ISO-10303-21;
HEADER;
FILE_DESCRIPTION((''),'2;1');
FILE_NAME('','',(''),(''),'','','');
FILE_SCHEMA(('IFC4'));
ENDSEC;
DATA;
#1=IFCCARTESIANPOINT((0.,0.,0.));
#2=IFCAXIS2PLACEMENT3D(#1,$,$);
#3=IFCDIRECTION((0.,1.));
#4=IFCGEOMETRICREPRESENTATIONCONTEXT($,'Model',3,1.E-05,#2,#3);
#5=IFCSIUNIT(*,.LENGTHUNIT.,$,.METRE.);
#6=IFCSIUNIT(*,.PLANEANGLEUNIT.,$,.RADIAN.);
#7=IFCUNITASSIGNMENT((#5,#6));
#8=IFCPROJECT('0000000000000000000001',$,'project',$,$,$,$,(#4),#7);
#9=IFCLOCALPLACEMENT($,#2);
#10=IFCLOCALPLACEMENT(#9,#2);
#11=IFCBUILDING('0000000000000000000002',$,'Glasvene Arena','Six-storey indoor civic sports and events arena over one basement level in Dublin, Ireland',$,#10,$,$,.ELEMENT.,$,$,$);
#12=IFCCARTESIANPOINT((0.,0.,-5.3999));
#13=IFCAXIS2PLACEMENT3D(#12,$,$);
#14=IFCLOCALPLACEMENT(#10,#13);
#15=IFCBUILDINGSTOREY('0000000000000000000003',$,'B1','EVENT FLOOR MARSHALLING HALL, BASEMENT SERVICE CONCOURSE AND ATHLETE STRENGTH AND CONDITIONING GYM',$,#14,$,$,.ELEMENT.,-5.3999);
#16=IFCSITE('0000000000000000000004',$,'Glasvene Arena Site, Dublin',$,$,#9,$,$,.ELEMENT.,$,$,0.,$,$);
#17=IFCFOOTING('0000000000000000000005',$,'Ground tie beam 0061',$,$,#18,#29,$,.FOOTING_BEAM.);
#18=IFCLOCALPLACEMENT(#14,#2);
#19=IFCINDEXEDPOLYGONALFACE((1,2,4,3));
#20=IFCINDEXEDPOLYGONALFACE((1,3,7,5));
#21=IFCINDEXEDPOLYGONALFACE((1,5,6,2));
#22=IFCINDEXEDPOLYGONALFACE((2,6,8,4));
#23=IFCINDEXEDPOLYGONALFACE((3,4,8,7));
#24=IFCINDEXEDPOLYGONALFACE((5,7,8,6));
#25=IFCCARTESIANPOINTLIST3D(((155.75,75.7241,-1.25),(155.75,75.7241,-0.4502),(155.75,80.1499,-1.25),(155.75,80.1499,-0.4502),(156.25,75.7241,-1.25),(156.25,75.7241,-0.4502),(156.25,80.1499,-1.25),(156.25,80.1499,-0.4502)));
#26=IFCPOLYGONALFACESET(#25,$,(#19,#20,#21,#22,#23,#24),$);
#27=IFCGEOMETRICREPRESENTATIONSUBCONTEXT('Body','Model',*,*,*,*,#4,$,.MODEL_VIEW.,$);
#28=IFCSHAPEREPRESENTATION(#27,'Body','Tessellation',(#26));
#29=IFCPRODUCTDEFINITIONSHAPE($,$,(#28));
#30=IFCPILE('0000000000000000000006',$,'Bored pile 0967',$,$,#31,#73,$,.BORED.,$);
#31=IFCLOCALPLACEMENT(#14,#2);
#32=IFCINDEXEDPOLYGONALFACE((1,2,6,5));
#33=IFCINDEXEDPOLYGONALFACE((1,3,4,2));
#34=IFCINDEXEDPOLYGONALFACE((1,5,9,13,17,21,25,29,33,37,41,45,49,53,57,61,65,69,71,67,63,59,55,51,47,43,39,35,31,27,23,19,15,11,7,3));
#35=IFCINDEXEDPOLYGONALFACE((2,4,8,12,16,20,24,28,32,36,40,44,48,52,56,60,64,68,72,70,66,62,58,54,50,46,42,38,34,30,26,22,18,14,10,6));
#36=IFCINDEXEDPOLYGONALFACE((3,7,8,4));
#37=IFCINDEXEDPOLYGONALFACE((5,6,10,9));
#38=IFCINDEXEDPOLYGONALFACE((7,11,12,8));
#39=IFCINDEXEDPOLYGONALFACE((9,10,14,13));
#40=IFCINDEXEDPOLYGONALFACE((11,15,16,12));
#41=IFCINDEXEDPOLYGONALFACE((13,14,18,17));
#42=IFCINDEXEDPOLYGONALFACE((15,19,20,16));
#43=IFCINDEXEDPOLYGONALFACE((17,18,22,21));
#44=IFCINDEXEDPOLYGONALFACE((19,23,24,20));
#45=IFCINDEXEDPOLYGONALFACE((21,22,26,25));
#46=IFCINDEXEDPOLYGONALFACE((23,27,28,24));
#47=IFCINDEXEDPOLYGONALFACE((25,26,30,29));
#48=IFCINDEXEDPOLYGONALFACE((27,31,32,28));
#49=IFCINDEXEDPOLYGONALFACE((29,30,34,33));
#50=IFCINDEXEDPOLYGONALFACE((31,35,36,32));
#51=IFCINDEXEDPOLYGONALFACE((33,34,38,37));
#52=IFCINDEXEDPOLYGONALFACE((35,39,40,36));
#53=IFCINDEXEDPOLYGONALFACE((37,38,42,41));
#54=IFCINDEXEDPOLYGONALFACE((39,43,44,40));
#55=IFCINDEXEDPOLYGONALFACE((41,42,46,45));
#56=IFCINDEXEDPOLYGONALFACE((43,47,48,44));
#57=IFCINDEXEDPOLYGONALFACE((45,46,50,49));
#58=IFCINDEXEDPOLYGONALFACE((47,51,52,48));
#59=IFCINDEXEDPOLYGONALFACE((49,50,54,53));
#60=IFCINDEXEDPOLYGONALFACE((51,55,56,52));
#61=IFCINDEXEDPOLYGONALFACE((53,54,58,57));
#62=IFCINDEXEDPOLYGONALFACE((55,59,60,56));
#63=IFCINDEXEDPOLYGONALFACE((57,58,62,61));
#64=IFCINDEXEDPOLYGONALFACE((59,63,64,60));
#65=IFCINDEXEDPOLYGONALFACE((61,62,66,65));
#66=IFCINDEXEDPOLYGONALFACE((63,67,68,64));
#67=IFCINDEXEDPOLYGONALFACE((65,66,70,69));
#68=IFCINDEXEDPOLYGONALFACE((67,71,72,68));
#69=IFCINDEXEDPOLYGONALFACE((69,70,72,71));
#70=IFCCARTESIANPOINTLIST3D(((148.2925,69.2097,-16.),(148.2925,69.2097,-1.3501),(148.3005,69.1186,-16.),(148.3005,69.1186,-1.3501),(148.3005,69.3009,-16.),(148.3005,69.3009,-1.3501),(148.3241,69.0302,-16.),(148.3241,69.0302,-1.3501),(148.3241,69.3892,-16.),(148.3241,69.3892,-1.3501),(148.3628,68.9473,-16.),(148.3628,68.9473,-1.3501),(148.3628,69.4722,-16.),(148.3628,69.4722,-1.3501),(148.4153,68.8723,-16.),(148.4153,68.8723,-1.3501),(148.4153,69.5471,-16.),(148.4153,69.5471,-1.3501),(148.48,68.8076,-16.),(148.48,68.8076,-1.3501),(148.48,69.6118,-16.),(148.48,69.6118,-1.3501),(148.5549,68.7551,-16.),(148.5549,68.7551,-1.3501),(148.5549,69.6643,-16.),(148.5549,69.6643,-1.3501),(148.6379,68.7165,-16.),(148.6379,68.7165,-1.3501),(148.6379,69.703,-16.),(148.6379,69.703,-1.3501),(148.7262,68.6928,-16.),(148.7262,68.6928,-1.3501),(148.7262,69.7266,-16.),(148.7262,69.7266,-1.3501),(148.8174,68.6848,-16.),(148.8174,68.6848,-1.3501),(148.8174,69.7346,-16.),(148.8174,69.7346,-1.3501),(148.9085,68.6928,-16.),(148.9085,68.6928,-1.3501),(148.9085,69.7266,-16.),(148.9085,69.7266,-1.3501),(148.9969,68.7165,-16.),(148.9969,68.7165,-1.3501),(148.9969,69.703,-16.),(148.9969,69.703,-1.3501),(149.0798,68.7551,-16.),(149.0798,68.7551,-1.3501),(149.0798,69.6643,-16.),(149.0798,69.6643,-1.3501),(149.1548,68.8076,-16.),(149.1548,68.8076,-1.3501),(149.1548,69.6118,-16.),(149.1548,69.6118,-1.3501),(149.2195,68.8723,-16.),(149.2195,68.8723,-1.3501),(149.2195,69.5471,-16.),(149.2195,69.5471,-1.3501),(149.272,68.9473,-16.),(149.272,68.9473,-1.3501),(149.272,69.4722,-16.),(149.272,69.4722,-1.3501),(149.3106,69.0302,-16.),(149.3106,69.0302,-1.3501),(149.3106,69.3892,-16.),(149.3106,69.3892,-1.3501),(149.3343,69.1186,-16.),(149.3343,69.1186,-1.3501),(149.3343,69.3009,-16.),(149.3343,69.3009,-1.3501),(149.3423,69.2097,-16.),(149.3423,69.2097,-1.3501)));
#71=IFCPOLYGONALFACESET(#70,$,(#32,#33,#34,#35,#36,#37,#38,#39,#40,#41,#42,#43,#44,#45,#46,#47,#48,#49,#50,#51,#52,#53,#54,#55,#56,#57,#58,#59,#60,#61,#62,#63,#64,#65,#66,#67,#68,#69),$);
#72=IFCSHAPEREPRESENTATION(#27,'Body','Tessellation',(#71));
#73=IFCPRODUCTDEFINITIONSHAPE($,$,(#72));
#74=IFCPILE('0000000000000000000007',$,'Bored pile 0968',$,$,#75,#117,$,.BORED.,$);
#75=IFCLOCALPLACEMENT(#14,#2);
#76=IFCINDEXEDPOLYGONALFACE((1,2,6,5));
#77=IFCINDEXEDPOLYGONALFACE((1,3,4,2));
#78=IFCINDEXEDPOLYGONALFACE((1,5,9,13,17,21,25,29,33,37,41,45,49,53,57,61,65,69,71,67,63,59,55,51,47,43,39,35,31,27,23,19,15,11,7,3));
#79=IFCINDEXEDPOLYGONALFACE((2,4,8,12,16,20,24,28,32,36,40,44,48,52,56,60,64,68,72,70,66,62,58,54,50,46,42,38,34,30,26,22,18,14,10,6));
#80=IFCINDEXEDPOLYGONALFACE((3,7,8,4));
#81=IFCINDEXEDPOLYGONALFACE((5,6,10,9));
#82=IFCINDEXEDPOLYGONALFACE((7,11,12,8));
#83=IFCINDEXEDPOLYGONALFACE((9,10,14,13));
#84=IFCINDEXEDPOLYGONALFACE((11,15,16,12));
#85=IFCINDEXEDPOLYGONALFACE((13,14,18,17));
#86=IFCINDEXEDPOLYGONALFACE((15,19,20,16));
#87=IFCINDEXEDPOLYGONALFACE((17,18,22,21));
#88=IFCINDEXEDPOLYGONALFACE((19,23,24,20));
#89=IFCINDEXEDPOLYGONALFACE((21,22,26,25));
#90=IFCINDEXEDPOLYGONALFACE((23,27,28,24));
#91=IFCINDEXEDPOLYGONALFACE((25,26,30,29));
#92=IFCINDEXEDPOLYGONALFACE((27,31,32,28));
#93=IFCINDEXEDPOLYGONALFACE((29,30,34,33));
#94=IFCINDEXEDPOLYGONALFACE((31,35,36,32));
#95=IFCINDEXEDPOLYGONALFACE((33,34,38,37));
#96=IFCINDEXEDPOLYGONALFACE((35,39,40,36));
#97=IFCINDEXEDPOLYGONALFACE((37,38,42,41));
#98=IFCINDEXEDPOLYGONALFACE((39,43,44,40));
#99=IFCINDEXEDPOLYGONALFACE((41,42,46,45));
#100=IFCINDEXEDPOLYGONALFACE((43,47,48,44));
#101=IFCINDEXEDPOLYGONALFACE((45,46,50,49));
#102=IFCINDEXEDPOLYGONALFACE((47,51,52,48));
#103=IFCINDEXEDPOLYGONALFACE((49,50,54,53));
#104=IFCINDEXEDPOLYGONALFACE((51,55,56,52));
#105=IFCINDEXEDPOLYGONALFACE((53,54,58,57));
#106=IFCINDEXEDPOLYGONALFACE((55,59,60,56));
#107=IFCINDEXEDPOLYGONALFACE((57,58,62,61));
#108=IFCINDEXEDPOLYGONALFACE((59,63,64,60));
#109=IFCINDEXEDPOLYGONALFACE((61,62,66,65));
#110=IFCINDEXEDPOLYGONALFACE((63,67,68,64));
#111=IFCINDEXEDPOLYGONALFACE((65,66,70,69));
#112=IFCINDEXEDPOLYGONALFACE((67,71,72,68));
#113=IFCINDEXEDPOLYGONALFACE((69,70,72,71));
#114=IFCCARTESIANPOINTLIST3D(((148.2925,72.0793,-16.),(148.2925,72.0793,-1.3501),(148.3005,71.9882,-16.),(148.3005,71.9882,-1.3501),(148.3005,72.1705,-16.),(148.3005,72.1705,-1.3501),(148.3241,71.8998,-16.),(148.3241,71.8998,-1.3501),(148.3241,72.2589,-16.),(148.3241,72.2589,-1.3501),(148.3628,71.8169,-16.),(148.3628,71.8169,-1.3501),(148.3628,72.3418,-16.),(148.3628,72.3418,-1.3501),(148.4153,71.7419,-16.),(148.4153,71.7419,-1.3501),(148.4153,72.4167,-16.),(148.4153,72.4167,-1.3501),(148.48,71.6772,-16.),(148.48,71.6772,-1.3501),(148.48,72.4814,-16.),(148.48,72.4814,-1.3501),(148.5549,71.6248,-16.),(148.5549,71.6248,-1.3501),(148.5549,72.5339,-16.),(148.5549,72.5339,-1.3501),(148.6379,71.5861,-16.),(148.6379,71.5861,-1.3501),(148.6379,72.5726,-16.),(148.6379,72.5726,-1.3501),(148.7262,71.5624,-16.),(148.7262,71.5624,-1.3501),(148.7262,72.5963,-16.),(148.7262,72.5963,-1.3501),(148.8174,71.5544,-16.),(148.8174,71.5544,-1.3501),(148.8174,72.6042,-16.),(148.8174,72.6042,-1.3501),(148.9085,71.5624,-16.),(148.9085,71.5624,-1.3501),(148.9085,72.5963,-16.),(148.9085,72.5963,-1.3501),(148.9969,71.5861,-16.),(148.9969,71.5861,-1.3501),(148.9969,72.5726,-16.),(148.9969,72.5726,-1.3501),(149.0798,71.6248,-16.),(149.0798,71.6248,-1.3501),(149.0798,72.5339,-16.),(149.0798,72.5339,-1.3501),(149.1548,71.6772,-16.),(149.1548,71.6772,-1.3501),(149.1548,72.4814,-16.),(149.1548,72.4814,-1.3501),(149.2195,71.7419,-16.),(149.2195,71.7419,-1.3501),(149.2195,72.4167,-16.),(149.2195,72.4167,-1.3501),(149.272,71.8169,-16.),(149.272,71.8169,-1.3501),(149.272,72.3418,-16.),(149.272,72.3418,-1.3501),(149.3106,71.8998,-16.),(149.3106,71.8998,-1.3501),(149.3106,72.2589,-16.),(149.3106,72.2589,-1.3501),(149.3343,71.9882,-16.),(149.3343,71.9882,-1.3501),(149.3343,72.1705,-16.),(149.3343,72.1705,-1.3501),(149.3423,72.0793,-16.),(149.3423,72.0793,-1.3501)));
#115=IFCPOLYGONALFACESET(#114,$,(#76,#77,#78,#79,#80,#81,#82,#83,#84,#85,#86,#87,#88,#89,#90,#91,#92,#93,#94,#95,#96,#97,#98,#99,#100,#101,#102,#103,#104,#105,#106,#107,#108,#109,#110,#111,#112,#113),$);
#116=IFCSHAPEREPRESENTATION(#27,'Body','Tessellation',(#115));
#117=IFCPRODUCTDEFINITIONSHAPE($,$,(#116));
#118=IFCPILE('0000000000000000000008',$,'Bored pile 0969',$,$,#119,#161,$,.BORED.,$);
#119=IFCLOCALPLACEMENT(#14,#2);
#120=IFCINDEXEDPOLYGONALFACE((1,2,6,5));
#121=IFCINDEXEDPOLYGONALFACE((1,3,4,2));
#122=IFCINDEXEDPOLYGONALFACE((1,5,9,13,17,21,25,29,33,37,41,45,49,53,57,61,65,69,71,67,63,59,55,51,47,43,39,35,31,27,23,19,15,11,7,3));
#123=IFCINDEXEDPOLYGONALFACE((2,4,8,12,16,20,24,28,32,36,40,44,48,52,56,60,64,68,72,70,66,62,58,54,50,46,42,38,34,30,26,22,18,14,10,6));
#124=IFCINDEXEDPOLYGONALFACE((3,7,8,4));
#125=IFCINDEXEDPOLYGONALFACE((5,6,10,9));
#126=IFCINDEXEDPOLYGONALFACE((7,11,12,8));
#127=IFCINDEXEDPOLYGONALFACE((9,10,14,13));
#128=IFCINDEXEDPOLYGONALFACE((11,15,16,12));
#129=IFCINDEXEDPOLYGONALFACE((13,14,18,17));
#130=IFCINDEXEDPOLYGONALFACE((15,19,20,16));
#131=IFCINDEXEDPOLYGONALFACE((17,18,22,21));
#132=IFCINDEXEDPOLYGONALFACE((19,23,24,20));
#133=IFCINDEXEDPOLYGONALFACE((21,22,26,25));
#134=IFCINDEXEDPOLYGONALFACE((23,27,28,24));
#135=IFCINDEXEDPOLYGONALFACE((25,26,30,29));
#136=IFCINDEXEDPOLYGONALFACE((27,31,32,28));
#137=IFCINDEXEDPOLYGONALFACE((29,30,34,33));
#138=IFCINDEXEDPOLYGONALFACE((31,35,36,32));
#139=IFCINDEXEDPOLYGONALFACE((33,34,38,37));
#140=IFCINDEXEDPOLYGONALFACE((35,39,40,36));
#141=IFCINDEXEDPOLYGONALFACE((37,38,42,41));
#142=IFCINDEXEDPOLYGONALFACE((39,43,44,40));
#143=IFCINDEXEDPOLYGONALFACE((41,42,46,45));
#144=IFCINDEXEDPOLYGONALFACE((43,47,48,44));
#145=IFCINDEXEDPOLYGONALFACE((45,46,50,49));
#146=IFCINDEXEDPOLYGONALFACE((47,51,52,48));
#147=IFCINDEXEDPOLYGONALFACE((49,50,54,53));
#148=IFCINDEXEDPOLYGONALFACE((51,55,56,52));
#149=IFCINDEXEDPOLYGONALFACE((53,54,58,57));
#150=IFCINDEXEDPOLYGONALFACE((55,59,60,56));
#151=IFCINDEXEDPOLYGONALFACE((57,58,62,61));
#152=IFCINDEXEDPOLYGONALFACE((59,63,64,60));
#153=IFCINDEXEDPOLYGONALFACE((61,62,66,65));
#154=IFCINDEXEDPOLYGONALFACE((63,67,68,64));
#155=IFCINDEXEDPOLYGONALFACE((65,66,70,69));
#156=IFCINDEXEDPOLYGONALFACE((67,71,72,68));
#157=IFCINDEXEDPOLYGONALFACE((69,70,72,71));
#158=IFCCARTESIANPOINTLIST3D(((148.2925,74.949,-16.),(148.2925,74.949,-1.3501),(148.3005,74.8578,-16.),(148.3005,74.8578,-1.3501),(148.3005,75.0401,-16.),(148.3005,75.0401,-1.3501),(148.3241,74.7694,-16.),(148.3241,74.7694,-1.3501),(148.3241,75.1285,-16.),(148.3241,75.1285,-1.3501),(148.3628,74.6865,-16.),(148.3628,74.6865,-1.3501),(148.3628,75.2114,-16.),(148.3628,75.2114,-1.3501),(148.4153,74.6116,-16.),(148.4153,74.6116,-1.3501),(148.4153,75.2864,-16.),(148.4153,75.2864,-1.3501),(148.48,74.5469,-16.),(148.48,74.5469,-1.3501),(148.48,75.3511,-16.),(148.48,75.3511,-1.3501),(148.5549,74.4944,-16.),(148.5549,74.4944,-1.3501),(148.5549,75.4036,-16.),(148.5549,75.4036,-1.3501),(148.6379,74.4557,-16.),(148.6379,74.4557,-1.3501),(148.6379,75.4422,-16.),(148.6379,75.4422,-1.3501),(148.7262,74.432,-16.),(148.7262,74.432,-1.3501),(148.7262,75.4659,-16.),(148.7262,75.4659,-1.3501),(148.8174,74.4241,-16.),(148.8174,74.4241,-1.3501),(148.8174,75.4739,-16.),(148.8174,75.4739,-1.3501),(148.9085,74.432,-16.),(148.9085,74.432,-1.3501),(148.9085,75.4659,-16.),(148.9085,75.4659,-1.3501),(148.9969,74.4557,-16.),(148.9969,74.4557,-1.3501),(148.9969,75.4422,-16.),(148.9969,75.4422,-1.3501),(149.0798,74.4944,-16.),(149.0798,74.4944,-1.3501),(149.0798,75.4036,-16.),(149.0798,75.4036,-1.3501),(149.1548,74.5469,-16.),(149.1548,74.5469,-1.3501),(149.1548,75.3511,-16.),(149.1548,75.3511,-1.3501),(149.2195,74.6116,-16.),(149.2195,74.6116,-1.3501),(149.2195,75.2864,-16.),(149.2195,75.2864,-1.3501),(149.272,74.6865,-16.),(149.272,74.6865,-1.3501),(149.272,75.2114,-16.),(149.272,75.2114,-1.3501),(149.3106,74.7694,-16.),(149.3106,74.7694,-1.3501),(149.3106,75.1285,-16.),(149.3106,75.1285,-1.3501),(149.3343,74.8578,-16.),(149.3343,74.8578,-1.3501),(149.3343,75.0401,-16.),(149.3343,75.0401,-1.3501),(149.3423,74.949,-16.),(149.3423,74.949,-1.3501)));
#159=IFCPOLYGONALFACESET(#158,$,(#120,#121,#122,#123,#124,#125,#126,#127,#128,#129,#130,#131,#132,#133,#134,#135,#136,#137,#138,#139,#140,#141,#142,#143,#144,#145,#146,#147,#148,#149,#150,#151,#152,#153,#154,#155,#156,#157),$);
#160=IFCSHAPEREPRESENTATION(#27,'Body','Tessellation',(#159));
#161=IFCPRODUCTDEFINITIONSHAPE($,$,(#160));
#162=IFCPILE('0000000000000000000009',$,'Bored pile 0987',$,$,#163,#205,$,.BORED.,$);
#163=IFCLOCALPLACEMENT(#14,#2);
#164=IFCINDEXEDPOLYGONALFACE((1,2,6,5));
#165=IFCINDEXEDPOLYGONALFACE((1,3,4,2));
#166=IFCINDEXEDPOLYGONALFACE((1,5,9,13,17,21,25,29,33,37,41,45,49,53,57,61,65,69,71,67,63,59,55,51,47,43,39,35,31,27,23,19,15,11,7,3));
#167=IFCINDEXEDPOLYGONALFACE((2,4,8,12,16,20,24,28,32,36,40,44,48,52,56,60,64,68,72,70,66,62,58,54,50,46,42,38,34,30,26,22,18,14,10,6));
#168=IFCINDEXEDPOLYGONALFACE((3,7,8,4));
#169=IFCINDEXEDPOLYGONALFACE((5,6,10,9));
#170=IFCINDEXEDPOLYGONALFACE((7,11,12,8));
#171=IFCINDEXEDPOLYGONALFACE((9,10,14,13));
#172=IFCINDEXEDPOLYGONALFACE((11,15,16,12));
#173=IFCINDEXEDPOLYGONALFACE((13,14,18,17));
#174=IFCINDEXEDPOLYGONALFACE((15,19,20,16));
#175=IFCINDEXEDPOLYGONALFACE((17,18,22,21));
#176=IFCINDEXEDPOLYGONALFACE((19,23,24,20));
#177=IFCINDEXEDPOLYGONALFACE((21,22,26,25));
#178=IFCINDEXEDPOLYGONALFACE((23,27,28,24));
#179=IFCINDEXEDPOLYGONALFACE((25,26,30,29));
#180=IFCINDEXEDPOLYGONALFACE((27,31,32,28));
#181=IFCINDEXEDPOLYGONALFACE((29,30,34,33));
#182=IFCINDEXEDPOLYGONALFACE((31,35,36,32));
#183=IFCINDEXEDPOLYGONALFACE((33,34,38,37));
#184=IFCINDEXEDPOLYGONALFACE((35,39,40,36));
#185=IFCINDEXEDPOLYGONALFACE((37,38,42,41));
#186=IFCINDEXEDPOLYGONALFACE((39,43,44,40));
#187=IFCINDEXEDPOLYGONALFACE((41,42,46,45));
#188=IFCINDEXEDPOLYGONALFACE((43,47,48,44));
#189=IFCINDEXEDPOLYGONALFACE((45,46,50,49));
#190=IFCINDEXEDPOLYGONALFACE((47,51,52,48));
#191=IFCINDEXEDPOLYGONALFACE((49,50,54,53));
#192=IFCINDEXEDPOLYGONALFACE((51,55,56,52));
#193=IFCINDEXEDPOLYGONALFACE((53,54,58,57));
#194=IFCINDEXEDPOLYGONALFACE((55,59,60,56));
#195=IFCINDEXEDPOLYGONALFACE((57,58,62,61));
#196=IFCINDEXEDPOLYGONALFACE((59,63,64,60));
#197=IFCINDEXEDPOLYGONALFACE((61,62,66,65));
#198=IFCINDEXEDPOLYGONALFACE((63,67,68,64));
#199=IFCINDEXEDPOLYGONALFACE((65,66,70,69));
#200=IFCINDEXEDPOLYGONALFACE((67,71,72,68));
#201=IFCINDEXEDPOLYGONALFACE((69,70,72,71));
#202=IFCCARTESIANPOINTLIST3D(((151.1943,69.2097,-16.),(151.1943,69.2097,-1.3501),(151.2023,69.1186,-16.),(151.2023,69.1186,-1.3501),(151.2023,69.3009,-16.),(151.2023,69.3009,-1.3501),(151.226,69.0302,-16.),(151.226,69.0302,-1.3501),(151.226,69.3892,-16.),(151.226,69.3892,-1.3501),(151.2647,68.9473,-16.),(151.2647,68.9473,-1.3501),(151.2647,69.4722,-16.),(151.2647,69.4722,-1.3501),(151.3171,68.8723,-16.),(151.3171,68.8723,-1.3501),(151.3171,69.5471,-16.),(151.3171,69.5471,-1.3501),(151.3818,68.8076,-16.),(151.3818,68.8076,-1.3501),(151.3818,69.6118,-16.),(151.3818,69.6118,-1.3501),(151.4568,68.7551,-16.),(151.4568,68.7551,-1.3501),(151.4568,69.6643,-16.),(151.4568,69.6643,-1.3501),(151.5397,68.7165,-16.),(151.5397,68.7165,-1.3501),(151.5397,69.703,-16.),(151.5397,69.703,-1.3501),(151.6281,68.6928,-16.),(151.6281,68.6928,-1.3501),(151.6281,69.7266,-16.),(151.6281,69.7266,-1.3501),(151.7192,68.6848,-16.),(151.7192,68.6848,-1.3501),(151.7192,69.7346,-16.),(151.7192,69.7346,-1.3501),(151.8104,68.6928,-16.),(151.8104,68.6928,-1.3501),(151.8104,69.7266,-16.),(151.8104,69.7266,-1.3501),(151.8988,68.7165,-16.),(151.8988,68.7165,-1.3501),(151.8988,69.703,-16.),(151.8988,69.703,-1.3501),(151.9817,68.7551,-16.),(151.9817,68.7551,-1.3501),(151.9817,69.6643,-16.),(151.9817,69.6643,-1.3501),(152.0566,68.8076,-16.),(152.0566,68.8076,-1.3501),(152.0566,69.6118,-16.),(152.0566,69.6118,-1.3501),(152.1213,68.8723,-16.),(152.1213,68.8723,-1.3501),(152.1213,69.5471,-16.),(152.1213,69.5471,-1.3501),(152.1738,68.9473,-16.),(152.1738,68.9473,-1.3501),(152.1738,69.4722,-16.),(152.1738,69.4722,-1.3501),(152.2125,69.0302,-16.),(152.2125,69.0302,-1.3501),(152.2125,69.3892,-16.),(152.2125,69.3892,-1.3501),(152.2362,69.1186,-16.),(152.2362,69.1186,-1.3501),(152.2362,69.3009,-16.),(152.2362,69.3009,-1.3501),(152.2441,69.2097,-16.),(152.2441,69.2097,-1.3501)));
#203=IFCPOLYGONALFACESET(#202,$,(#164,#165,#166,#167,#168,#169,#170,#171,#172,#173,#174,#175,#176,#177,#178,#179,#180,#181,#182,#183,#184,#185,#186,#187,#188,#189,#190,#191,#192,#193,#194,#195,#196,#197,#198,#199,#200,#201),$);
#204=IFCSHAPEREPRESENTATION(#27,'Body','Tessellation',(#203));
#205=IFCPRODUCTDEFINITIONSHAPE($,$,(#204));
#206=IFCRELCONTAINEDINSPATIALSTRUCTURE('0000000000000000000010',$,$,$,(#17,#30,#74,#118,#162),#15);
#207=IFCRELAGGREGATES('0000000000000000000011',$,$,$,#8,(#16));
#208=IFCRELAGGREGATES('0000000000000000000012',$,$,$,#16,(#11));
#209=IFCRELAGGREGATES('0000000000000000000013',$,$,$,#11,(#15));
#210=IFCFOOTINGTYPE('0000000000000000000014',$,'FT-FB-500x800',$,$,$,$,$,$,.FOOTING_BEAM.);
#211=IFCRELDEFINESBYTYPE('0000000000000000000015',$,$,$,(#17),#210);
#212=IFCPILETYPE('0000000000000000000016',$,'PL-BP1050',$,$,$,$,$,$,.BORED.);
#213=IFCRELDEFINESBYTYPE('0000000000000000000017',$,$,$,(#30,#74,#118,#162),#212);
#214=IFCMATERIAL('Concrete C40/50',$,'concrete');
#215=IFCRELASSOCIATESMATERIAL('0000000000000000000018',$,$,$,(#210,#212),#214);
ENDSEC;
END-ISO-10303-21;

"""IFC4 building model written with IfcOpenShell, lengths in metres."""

from ifc_helpers import new_model, si_unit, direction, frame, origin, origin_2d, place, context, subcontext, project, spatial, polyline, circle, outline, extrude, material, material_profile, profile_set, type_object, element, save


model = new_model("IFC4")

# Units and contexts
model_context = context("Model", 3, precision=1e-05, world=origin(), true_north=direction((0.0, 1.0)))
body_context = subcontext(model_context, "Body", "Model", "MODEL_VIEW")
ifc_project = project(units=[si_unit("LENGTHUNIT", "METRE"), si_unit("PLANEANGLEUNIT", "RADIAN")], contexts=[model_context])

# Site, building, storey
site_placement = place(None, origin())
site = spatial("IfcSite", under=ifc_project, at=site_placement, Name="Glasvene Arena Site, Dublin", CompositionType="ELEMENT", RefElevation=0.0)
building_placement = place(site_placement, origin())
building = spatial("IfcBuilding", under=site, at=building_placement, Name="Glasvene Arena", Description="Six-storey indoor civic sports and events arena over one basement level in Dublin, Ireland", CompositionType="ELEMENT")
storey_placement = place(building_placement, frame((0.0, 0.0, -5.3999)))
storey = spatial("IfcBuildingStorey", under=building, at=storey_placement, Name="B1", Description="EVENT FLOOR MARSHALLING HALL, BASEMENT SERVICE CONCOURSE AND ATHLETE STRENGTH AND CONDITIONING GYM", CompositionType="ELEMENT", Elevation=-5.3999)

# Footing
ifc_material_1 = material(Name="Concrete C40/50", Category="concrete")
footing_type = type_object("IfcFootingType", Name="FT-FB-500x800", PredefinedType="FOOTING_BEAM", material=ifc_material_1)
footing_placement = place(storey_placement, frame((156.0, 77.937, -1.25)))
element("IfcFooting", 1, at=footing_placement, inside=storey, type_object=footing_type, Name="Ground tie beam 0061", PredefinedType="FOOTING_BEAM", context=body_context, shape_type="SweptSolid", body=[
    extrude(outline(polyline([(-0.25, -2.2129), (0.25, -2.2129), (0.25, 2.2129), (-0.25, 2.2129), (-0.25, -2.2129)])), origin(), (0.0, 0.0, 1.0), 0.7998),
])

# Piles
ifc_material_profile_1 = material_profile(ifc_material_1, circle(Radius=0.5249, at=origin_2d()), Name="BORED PILE 1050")
ifc_profile_set_1 = profile_set([ifc_material_profile_1], Name="Concrete C40/50")
pile_type = type_object("IfcPileType", Name="PL-BP1050", PredefinedType="BORED", material=ifc_profile_set_1)
for number, where, z_axis, x_axis, name in (
    (2, (148.8174, 69.2097, -1.3501), (0.0, 0.0, -1.0), (1.0, 0.0, 0.0), "Bored pile 0967"),
    (3, (148.8174, 72.0793, -1.3501), (0.0, 0.0, -1.0), (1.0, 0.0, 0.0), "Bored pile 0968"),
    (4, (148.8174, 74.949, -1.3501), (0.0, 0.0, -1.0), (1.0, 0.0, 0.0), "Bored pile 0969"),
    (5, (151.7192, 69.2097, -1.3501), (0.0, 0.0, -1.0), (1.0, 0.0, 0.0), "Bored pile 0987"),
):
    element("IfcPile", number, at=place(storey_placement, frame(where, z_axis=z_axis, x_axis=x_axis)), inside=storey, type_object=pile_type, Name=name, PredefinedType="BORED", context=body_context, shape_type="SweptSolid", body=[
        extrude(circle(Radius=0.5249, at=origin_2d()), origin(), (0.0, 0.0, 1.0), 14.6499),
    ])

save(model, "model.ifc")
